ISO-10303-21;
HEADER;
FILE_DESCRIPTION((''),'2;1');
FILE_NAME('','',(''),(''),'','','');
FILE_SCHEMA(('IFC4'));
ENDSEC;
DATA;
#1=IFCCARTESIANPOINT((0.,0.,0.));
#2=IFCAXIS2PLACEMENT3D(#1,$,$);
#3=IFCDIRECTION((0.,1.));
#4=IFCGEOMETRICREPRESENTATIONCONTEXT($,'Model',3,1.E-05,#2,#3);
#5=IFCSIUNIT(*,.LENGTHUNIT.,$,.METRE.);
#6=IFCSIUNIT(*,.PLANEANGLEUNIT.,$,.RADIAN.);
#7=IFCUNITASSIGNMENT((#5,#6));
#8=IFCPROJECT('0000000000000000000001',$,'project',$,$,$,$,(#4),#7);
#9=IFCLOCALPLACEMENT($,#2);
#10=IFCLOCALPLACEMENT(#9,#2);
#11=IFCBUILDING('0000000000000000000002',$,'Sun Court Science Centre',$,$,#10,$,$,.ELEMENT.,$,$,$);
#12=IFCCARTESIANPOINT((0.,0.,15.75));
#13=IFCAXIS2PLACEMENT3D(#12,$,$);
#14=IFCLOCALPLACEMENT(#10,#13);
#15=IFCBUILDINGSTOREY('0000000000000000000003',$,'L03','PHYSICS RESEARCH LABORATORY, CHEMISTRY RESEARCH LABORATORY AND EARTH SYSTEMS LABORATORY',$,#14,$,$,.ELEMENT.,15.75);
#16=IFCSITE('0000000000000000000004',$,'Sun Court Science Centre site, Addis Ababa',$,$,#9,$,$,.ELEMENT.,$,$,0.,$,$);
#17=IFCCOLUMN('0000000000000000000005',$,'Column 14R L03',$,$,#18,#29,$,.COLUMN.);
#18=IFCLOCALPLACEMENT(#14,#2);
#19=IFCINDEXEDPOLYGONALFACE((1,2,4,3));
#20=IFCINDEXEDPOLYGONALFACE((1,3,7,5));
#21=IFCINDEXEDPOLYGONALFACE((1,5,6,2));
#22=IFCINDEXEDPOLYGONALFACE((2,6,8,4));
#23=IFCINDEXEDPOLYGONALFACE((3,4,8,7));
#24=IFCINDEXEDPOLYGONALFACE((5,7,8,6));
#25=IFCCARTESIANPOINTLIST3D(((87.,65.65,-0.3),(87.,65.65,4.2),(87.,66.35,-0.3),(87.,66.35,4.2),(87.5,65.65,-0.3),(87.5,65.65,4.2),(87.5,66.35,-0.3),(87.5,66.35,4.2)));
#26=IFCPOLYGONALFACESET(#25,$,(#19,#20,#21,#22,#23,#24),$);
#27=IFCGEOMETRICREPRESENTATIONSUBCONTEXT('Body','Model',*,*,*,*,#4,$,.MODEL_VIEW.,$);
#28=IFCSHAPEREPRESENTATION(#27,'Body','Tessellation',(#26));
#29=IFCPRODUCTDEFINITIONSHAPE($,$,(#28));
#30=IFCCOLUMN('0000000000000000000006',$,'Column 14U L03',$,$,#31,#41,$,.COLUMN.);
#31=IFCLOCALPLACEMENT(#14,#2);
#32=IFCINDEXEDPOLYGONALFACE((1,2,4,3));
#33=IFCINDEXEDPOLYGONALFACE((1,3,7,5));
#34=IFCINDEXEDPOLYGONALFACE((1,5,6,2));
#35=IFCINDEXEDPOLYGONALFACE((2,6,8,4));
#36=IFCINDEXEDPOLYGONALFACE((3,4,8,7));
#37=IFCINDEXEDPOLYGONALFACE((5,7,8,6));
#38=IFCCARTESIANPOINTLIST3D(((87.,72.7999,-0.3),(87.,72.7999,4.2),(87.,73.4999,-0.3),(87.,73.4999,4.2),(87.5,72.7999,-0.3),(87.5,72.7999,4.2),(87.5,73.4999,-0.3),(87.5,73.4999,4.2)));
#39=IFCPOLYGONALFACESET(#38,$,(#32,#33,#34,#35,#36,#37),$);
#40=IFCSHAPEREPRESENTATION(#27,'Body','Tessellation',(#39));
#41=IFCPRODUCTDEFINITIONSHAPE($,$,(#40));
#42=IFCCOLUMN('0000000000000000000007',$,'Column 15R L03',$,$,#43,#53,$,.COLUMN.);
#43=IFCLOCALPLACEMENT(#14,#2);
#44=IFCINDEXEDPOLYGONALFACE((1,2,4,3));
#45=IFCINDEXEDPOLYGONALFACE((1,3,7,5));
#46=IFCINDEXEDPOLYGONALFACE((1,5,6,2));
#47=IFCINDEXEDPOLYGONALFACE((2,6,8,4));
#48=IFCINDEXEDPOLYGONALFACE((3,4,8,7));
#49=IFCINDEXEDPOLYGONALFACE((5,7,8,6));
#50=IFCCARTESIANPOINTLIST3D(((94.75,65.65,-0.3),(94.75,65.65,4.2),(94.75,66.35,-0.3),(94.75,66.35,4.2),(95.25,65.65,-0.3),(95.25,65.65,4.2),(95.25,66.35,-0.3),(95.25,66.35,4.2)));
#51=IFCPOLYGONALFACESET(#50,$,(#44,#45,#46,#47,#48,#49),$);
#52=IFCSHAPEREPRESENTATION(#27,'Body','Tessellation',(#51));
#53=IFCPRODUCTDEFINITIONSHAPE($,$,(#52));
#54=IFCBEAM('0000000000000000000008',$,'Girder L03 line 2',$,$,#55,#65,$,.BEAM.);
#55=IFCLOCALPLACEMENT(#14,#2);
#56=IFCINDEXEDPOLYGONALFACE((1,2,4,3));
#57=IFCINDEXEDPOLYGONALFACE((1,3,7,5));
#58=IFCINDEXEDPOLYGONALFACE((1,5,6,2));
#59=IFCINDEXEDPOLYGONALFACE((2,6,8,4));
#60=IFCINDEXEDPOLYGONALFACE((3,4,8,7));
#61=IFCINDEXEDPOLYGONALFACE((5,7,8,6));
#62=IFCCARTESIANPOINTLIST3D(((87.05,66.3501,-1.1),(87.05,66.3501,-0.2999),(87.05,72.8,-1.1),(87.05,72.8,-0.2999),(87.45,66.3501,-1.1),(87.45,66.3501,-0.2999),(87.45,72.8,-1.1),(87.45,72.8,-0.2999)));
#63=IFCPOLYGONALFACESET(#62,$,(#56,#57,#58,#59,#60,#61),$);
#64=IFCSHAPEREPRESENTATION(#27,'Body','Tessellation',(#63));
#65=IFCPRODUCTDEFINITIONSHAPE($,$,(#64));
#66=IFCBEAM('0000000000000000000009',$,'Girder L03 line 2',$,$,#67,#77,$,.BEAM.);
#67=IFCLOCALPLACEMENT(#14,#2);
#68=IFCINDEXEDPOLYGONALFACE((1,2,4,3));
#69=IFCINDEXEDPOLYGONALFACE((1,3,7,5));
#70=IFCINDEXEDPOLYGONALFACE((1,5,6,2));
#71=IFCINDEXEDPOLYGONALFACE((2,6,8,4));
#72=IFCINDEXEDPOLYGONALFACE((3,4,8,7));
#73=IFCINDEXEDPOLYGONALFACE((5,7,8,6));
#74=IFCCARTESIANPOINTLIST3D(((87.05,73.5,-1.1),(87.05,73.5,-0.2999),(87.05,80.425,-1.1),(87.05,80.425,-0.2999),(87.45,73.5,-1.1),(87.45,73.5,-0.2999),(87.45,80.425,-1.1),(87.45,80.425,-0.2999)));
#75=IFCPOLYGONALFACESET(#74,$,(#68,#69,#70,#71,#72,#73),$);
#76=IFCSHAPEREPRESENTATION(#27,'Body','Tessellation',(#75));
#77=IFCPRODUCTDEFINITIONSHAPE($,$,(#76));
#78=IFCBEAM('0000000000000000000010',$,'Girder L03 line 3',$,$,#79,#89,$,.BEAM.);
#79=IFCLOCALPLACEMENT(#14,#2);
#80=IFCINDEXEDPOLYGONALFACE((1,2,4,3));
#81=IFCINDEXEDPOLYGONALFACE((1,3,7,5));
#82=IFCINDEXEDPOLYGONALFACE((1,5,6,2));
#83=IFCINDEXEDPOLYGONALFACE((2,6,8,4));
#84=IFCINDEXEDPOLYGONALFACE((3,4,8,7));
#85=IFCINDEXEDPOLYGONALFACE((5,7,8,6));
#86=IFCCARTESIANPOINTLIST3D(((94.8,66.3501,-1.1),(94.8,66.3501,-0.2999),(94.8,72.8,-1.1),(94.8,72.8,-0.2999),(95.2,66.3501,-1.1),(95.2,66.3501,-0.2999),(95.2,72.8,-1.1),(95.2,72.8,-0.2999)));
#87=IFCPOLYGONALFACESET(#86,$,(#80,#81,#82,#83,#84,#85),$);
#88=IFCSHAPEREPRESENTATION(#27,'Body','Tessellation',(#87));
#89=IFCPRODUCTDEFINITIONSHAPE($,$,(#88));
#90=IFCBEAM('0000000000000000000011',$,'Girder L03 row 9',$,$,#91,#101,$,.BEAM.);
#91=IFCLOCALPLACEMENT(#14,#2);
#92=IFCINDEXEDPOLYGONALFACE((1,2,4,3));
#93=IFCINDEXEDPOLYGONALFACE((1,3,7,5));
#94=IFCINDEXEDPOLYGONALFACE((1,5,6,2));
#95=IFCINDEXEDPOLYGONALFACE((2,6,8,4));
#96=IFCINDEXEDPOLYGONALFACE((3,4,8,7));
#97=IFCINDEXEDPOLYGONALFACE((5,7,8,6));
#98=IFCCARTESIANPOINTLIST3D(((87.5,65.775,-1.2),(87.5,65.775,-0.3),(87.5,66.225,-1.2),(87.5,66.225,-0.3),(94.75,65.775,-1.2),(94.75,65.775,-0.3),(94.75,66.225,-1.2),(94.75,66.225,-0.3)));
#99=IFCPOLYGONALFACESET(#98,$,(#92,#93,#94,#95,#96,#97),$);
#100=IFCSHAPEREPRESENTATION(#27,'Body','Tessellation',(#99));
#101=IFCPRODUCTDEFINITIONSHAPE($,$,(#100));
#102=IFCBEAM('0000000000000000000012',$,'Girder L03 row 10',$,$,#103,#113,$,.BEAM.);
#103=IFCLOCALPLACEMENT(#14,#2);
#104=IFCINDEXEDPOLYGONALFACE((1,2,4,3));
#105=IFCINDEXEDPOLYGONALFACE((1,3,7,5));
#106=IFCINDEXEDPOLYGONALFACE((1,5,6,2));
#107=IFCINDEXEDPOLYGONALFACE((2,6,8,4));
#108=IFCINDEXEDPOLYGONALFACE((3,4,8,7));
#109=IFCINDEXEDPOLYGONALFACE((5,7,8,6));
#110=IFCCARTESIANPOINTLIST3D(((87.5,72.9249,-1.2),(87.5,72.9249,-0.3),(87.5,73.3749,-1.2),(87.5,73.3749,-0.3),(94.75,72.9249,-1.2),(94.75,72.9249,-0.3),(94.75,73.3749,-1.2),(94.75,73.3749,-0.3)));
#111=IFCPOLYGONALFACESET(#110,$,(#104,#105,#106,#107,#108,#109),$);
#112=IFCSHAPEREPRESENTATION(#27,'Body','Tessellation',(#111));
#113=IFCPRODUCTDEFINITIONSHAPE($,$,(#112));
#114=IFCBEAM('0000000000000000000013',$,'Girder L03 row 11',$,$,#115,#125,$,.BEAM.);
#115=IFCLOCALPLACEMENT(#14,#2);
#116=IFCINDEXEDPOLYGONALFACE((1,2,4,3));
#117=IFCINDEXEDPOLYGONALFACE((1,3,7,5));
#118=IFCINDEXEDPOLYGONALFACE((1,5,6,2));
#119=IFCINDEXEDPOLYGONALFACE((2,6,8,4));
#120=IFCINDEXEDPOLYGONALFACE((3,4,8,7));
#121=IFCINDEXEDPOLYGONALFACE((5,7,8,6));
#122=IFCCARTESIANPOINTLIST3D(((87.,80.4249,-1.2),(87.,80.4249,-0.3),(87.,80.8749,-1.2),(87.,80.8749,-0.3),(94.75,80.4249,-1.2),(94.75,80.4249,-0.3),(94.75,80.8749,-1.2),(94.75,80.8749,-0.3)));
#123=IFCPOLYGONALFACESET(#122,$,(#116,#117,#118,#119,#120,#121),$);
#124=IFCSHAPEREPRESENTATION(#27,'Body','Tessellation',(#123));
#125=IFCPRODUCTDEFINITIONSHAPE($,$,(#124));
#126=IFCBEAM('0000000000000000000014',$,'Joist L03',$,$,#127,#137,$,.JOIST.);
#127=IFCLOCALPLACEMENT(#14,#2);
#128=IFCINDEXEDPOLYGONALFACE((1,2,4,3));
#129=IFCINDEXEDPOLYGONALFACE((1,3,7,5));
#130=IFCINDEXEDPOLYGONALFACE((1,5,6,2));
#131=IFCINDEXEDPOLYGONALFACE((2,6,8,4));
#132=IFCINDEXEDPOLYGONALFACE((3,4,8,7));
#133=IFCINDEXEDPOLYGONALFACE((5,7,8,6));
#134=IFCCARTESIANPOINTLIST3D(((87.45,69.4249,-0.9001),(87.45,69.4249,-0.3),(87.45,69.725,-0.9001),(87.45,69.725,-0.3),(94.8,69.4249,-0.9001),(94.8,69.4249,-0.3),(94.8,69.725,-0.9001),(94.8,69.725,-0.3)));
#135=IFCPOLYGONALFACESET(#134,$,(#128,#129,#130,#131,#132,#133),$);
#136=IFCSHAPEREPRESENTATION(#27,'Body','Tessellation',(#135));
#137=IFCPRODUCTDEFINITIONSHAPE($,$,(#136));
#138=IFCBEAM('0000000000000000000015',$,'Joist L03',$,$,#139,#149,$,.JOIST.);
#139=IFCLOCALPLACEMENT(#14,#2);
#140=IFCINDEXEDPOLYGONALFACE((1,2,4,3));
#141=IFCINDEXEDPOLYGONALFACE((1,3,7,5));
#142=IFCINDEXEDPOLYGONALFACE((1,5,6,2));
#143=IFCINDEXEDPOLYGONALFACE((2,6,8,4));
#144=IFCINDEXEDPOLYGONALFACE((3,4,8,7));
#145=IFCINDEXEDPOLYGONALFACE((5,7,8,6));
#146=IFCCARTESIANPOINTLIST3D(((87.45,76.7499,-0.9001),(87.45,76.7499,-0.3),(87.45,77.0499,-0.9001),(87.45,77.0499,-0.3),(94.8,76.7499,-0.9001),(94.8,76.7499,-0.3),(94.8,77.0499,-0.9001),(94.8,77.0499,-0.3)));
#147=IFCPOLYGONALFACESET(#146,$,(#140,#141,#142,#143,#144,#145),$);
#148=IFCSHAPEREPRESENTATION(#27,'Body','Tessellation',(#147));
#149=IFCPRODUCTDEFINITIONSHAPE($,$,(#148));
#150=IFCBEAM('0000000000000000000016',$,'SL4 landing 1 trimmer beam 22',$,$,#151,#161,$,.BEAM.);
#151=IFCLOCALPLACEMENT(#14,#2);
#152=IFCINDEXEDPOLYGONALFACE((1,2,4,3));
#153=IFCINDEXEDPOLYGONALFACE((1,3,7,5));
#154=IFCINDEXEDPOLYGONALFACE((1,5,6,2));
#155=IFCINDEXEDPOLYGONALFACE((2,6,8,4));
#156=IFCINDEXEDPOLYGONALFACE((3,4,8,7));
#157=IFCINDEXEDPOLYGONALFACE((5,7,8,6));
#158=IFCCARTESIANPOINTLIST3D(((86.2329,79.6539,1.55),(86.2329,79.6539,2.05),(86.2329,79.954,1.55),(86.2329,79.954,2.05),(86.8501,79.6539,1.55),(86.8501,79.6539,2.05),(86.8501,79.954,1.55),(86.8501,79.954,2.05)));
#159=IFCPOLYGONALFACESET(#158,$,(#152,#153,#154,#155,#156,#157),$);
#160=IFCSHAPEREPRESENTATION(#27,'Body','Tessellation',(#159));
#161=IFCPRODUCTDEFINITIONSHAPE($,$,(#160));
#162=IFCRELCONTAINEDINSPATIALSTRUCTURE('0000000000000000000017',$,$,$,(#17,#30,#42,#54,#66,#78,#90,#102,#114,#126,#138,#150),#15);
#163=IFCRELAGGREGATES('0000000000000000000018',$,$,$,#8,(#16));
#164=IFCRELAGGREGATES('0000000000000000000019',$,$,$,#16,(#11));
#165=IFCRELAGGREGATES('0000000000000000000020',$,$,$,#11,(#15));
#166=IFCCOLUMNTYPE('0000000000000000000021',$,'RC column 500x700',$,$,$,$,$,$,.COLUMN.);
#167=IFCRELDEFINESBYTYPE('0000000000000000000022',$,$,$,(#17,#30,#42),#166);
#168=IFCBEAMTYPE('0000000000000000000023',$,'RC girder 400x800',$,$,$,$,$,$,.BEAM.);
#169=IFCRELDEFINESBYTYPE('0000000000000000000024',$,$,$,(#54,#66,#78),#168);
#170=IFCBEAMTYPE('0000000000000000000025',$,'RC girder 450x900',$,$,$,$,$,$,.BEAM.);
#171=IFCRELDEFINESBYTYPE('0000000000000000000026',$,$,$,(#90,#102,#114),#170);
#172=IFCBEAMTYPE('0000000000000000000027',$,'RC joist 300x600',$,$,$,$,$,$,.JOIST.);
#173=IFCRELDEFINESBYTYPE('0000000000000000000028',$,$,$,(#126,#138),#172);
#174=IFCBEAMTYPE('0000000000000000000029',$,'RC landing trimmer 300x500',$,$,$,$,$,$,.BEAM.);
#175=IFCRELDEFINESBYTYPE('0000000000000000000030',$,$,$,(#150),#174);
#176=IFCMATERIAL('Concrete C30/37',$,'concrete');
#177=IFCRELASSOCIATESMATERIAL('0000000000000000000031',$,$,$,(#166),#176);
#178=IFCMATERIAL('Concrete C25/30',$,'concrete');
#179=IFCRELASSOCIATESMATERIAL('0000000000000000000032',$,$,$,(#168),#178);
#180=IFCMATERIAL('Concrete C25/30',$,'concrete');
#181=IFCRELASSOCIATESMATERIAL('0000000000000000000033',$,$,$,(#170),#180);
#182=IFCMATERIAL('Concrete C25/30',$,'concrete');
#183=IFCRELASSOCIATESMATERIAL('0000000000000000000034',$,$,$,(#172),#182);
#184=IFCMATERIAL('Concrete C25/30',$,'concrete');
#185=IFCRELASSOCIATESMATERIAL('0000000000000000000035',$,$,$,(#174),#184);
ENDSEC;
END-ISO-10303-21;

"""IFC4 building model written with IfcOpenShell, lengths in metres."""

from ifc_helpers import new_model, si_unit, direction, frame, origin, origin_2d, place, context, subcontext, project, spatial, rectangle, extrude, material, material_profile, profile_set, type_object, element, save


model = new_model("IFC4")

# Units and contexts
model_context = context("Model", 3, precision=1e-05, world=origin(), true_north=direction((0.0, 1.0)))
body_context = subcontext(model_context, "Body", "Model", "MODEL_VIEW")
ifc_project = project(units=[si_unit("LENGTHUNIT", "METRE"), si_unit("PLANEANGLEUNIT", "RADIAN")], contexts=[model_context])

# Site, building, storey
site_placement = place(None, origin())
site = spatial("IfcSite", under=ifc_project, at=site_placement, Name="Sun Court Science Centre site, Addis Ababa", CompositionType="ELEMENT", RefElevation=0.0)
building_placement = place(site_placement, origin())
building = spatial("IfcBuilding", under=site, at=building_placement, Name="Sun Court Science Centre", CompositionType="ELEMENT")
storey_placement = place(building_placement, frame((0.0, 0.0, 15.75)))
storey = spatial("IfcBuildingStorey", under=building, at=storey_placement, Name="L03", Description="PHYSICS RESEARCH LABORATORY, CHEMISTRY RESEARCH LABORATORY AND EARTH SYSTEMS LABORATORY", CompositionType="ELEMENT", Elevation=15.75)

# Columns
ifc_material_1 = material(Name="Concrete C30/37", Category="concrete")
ifc_material_profile_1 = material_profile(ifc_material_1, rectangle(XDim=0.5, YDim=0.7, at=origin_2d()), Name="RC 500x700")
ifc_profile_set_1 = profile_set([ifc_material_profile_1], Name="Concrete C30/37")
column_type = type_object("IfcColumnType", Name="RC column 500x700", PredefinedType="COLUMN", material=ifc_profile_set_1)
for number, where, z_axis, x_axis, name in (
    (1, (87.25, 66.0, -0.3), (0.0, 0.0, 1.0), (1.0, 0.0, 0.0), "Column 14R L03"),
    (2, (87.25, 73.1499, -0.3), (0.0, 0.0, 1.0), (1.0, 0.0, 0.0), "Column 14U L03"),
    (3, (95.0, 66.0, -0.3), (0.0, 0.0, 1.0), (1.0, 0.0, 0.0), "Column 15R L03"),
):
    element("IfcColumn", number, at=place(storey_placement, frame(where, z_axis=z_axis, x_axis=x_axis)), inside=storey, type_object=column_type, Name=name, PredefinedType="COLUMN", context=body_context, shape_type="SweptSolid", body=[
        extrude(rectangle(XDim=0.5, YDim=0.7, at=origin_2d()), origin(), (0.0, 0.0, 1.0), 4.5),
    ])

# Beams
ifc_material_2 = material(Name="Concrete C25/30", Category="concrete")
ifc_material_profile_2 = material_profile(ifc_material_2, rectangle(XDim=0.3999, YDim=0.8, at=origin_2d()), Name="RC 400x800")
ifc_profile_set_2 = profile_set([ifc_material_profile_2], Name="Concrete C25/30")
beam_type_1 = type_object("IfcBeamType", Name="RC girder 400x800", PredefinedType="BEAM", material=ifc_profile_set_2)
beam_1_placement = place(storey_placement, frame((87.25, 66.3501, -0.7), z_axis=(0.0, 1.0, 0.0), x_axis=(-1.0, 0.0, 0.0)))
element("IfcBeam", 4, at=beam_1_placement, inside=storey, type_object=beam_type_1, Name="Girder L03 line 2", PredefinedType="BEAM", context=body_context, shape_type="SweptSolid", body=[
    extrude(rectangle(XDim=0.3999, YDim=0.8, at=origin_2d()), origin(), (0.0, 0.0, 1.0), 6.45),
])
beam_2_placement = place(storey_placement, frame((87.25, 73.5, -0.7), z_axis=(0.0, 1.0, 0.0), x_axis=(-1.0, 0.0, 0.0)))
element("IfcBeam", 5, at=beam_2_placement, inside=storey, type_object=beam_type_1, Name="Girder L03 line 2", PredefinedType="BEAM", context=body_context, shape_type="SweptSolid", body=[
    extrude(rectangle(XDim=0.3999, YDim=0.8, at=origin_2d()), origin(), (0.0, 0.0, 1.0), 6.925),
])
beam_3_placement = place(storey_placement, frame((95.0, 66.3501, -0.7), z_axis=(0.0, 1.0, 0.0), x_axis=(-1.0, 0.0, 0.0)))
element("IfcBeam", 6, at=beam_3_placement, inside=storey, type_object=beam_type_1, Name="Girder L03 line 3", PredefinedType="BEAM", context=body_context, shape_type="SweptSolid", body=[
    extrude(rectangle(XDim=0.3999, YDim=0.8, at=origin_2d()), origin(), (0.0, 0.0, 1.0), 6.45),
])
ifc_material_3 = material(Name="Concrete C25/30", Category="concrete")
ifc_material_profile_3 = material_profile(ifc_material_3, rectangle(XDim=0.45, YDim=0.8999, at=origin_2d()), Name="RC 450x900")
ifc_profile_set_3 = profile_set([ifc_material_profile_3], Name="Concrete C25/30")
beam_type_2 = type_object("IfcBeamType", Name="RC girder 450x900", PredefinedType="BEAM", material=ifc_profile_set_3)
for number, where, z_axis, x_axis, name in (
    (7, (87.5, 66.0, -0.75), (1.0, 0.0, 0.0), (0.0, 1.0, 0.0), "Girder L03 row 9"),
    (8, (87.5, 73.1499, -0.75), (1.0, 0.0, 0.0), (0.0, 1.0, 0.0), "Girder L03 row 10"),
):
    element("IfcBeam", number, at=place(storey_placement, frame(where, z_axis=z_axis, x_axis=x_axis)), inside=storey, type_object=beam_type_2, Name=name, PredefinedType="BEAM", context=body_context, shape_type="SweptSolid", body=[
        extrude(rectangle(XDim=0.45, YDim=0.8999, at=origin_2d()), origin(), (0.0, 0.0, 1.0), 7.25),
    ])
beam_4_placement = place(storey_placement, frame((87.0, 80.6499, -0.75), z_axis=(1.0, 0.0, 0.0), x_axis=(0.0, 1.0, 0.0)))
element("IfcBeam", 9, at=beam_4_placement, inside=storey, type_object=beam_type_2, Name="Girder L03 row 11", PredefinedType="BEAM", context=body_context, shape_type="SweptSolid", body=[
    extrude(rectangle(XDim=0.45, YDim=0.8999, at=origin_2d()), origin(), (0.0, 0.0, 1.0), 7.75),
])
ifc_material_4 = material(Name="Concrete C25/30", Category="concrete")
ifc_material_profile_4 = material_profile(ifc_material_4, rectangle(XDim=0.3, YDim=0.6001, at=origin_2d()), Name="RC 300x600")
ifc_profile_set_4 = profile_set([ifc_material_profile_4], Name="Concrete C25/30")
beam_type_3 = type_object("IfcBeamType", Name="RC joist 300x600", PredefinedType="JOIST", material=ifc_profile_set_4)
for number, where, z_axis, x_axis, name in (
    (10, (87.45, 69.575, -0.6001), (1.0, 0.0, 0.0), (0.0, 1.0, 0.0), "Joist L03"),
    (11, (87.45, 76.8999, -0.6001), (1.0, 0.0, 0.0), (0.0, 1.0, 0.0), "Joist L03"),
):
    element("IfcBeam", number, at=place(storey_placement, frame(where, z_axis=z_axis, x_axis=x_axis)), inside=storey, type_object=beam_type_3, Name=name, PredefinedType="JOIST", context=body_context, shape_type="SweptSolid", body=[
        extrude(rectangle(XDim=0.3, YDim=0.6001, at=origin_2d()), origin(), (0.0, 0.0, 1.0), 7.3501),
    ])
ifc_material_5 = material(Name="Concrete C25/30", Category="concrete")
ifc_material_profile_5 = material_profile(ifc_material_5, rectangle(XDim=0.3, YDim=0.5, at=origin_2d()), Name="RC 300x500")
ifc_profile_set_5 = profile_set([ifc_material_profile_5], Name="Concrete C25/30")
beam_type_4 = type_object("IfcBeamType", Name="RC landing trimmer 300x500", PredefinedType="BEAM", material=ifc_profile_set_5)
beam_5_placement = place(storey_placement, frame((86.8501, 79.804, 1.8), z_axis=(-1.0, 0.0, 0.0), x_axis=(0.0, -1.0, 0.0)))
element("IfcBeam", 12, at=beam_5_placement, inside=storey, type_object=beam_type_4, Name="SL4 landing 1 trimmer beam 22", PredefinedType="BEAM", context=body_context, shape_type="SweptSolid", body=[
    extrude(rectangle(XDim=0.3, YDim=0.5, at=origin_2d()), origin(), (0.0, 0.0, 1.0), 0.6172),
])

save(model, "model.ifc")
